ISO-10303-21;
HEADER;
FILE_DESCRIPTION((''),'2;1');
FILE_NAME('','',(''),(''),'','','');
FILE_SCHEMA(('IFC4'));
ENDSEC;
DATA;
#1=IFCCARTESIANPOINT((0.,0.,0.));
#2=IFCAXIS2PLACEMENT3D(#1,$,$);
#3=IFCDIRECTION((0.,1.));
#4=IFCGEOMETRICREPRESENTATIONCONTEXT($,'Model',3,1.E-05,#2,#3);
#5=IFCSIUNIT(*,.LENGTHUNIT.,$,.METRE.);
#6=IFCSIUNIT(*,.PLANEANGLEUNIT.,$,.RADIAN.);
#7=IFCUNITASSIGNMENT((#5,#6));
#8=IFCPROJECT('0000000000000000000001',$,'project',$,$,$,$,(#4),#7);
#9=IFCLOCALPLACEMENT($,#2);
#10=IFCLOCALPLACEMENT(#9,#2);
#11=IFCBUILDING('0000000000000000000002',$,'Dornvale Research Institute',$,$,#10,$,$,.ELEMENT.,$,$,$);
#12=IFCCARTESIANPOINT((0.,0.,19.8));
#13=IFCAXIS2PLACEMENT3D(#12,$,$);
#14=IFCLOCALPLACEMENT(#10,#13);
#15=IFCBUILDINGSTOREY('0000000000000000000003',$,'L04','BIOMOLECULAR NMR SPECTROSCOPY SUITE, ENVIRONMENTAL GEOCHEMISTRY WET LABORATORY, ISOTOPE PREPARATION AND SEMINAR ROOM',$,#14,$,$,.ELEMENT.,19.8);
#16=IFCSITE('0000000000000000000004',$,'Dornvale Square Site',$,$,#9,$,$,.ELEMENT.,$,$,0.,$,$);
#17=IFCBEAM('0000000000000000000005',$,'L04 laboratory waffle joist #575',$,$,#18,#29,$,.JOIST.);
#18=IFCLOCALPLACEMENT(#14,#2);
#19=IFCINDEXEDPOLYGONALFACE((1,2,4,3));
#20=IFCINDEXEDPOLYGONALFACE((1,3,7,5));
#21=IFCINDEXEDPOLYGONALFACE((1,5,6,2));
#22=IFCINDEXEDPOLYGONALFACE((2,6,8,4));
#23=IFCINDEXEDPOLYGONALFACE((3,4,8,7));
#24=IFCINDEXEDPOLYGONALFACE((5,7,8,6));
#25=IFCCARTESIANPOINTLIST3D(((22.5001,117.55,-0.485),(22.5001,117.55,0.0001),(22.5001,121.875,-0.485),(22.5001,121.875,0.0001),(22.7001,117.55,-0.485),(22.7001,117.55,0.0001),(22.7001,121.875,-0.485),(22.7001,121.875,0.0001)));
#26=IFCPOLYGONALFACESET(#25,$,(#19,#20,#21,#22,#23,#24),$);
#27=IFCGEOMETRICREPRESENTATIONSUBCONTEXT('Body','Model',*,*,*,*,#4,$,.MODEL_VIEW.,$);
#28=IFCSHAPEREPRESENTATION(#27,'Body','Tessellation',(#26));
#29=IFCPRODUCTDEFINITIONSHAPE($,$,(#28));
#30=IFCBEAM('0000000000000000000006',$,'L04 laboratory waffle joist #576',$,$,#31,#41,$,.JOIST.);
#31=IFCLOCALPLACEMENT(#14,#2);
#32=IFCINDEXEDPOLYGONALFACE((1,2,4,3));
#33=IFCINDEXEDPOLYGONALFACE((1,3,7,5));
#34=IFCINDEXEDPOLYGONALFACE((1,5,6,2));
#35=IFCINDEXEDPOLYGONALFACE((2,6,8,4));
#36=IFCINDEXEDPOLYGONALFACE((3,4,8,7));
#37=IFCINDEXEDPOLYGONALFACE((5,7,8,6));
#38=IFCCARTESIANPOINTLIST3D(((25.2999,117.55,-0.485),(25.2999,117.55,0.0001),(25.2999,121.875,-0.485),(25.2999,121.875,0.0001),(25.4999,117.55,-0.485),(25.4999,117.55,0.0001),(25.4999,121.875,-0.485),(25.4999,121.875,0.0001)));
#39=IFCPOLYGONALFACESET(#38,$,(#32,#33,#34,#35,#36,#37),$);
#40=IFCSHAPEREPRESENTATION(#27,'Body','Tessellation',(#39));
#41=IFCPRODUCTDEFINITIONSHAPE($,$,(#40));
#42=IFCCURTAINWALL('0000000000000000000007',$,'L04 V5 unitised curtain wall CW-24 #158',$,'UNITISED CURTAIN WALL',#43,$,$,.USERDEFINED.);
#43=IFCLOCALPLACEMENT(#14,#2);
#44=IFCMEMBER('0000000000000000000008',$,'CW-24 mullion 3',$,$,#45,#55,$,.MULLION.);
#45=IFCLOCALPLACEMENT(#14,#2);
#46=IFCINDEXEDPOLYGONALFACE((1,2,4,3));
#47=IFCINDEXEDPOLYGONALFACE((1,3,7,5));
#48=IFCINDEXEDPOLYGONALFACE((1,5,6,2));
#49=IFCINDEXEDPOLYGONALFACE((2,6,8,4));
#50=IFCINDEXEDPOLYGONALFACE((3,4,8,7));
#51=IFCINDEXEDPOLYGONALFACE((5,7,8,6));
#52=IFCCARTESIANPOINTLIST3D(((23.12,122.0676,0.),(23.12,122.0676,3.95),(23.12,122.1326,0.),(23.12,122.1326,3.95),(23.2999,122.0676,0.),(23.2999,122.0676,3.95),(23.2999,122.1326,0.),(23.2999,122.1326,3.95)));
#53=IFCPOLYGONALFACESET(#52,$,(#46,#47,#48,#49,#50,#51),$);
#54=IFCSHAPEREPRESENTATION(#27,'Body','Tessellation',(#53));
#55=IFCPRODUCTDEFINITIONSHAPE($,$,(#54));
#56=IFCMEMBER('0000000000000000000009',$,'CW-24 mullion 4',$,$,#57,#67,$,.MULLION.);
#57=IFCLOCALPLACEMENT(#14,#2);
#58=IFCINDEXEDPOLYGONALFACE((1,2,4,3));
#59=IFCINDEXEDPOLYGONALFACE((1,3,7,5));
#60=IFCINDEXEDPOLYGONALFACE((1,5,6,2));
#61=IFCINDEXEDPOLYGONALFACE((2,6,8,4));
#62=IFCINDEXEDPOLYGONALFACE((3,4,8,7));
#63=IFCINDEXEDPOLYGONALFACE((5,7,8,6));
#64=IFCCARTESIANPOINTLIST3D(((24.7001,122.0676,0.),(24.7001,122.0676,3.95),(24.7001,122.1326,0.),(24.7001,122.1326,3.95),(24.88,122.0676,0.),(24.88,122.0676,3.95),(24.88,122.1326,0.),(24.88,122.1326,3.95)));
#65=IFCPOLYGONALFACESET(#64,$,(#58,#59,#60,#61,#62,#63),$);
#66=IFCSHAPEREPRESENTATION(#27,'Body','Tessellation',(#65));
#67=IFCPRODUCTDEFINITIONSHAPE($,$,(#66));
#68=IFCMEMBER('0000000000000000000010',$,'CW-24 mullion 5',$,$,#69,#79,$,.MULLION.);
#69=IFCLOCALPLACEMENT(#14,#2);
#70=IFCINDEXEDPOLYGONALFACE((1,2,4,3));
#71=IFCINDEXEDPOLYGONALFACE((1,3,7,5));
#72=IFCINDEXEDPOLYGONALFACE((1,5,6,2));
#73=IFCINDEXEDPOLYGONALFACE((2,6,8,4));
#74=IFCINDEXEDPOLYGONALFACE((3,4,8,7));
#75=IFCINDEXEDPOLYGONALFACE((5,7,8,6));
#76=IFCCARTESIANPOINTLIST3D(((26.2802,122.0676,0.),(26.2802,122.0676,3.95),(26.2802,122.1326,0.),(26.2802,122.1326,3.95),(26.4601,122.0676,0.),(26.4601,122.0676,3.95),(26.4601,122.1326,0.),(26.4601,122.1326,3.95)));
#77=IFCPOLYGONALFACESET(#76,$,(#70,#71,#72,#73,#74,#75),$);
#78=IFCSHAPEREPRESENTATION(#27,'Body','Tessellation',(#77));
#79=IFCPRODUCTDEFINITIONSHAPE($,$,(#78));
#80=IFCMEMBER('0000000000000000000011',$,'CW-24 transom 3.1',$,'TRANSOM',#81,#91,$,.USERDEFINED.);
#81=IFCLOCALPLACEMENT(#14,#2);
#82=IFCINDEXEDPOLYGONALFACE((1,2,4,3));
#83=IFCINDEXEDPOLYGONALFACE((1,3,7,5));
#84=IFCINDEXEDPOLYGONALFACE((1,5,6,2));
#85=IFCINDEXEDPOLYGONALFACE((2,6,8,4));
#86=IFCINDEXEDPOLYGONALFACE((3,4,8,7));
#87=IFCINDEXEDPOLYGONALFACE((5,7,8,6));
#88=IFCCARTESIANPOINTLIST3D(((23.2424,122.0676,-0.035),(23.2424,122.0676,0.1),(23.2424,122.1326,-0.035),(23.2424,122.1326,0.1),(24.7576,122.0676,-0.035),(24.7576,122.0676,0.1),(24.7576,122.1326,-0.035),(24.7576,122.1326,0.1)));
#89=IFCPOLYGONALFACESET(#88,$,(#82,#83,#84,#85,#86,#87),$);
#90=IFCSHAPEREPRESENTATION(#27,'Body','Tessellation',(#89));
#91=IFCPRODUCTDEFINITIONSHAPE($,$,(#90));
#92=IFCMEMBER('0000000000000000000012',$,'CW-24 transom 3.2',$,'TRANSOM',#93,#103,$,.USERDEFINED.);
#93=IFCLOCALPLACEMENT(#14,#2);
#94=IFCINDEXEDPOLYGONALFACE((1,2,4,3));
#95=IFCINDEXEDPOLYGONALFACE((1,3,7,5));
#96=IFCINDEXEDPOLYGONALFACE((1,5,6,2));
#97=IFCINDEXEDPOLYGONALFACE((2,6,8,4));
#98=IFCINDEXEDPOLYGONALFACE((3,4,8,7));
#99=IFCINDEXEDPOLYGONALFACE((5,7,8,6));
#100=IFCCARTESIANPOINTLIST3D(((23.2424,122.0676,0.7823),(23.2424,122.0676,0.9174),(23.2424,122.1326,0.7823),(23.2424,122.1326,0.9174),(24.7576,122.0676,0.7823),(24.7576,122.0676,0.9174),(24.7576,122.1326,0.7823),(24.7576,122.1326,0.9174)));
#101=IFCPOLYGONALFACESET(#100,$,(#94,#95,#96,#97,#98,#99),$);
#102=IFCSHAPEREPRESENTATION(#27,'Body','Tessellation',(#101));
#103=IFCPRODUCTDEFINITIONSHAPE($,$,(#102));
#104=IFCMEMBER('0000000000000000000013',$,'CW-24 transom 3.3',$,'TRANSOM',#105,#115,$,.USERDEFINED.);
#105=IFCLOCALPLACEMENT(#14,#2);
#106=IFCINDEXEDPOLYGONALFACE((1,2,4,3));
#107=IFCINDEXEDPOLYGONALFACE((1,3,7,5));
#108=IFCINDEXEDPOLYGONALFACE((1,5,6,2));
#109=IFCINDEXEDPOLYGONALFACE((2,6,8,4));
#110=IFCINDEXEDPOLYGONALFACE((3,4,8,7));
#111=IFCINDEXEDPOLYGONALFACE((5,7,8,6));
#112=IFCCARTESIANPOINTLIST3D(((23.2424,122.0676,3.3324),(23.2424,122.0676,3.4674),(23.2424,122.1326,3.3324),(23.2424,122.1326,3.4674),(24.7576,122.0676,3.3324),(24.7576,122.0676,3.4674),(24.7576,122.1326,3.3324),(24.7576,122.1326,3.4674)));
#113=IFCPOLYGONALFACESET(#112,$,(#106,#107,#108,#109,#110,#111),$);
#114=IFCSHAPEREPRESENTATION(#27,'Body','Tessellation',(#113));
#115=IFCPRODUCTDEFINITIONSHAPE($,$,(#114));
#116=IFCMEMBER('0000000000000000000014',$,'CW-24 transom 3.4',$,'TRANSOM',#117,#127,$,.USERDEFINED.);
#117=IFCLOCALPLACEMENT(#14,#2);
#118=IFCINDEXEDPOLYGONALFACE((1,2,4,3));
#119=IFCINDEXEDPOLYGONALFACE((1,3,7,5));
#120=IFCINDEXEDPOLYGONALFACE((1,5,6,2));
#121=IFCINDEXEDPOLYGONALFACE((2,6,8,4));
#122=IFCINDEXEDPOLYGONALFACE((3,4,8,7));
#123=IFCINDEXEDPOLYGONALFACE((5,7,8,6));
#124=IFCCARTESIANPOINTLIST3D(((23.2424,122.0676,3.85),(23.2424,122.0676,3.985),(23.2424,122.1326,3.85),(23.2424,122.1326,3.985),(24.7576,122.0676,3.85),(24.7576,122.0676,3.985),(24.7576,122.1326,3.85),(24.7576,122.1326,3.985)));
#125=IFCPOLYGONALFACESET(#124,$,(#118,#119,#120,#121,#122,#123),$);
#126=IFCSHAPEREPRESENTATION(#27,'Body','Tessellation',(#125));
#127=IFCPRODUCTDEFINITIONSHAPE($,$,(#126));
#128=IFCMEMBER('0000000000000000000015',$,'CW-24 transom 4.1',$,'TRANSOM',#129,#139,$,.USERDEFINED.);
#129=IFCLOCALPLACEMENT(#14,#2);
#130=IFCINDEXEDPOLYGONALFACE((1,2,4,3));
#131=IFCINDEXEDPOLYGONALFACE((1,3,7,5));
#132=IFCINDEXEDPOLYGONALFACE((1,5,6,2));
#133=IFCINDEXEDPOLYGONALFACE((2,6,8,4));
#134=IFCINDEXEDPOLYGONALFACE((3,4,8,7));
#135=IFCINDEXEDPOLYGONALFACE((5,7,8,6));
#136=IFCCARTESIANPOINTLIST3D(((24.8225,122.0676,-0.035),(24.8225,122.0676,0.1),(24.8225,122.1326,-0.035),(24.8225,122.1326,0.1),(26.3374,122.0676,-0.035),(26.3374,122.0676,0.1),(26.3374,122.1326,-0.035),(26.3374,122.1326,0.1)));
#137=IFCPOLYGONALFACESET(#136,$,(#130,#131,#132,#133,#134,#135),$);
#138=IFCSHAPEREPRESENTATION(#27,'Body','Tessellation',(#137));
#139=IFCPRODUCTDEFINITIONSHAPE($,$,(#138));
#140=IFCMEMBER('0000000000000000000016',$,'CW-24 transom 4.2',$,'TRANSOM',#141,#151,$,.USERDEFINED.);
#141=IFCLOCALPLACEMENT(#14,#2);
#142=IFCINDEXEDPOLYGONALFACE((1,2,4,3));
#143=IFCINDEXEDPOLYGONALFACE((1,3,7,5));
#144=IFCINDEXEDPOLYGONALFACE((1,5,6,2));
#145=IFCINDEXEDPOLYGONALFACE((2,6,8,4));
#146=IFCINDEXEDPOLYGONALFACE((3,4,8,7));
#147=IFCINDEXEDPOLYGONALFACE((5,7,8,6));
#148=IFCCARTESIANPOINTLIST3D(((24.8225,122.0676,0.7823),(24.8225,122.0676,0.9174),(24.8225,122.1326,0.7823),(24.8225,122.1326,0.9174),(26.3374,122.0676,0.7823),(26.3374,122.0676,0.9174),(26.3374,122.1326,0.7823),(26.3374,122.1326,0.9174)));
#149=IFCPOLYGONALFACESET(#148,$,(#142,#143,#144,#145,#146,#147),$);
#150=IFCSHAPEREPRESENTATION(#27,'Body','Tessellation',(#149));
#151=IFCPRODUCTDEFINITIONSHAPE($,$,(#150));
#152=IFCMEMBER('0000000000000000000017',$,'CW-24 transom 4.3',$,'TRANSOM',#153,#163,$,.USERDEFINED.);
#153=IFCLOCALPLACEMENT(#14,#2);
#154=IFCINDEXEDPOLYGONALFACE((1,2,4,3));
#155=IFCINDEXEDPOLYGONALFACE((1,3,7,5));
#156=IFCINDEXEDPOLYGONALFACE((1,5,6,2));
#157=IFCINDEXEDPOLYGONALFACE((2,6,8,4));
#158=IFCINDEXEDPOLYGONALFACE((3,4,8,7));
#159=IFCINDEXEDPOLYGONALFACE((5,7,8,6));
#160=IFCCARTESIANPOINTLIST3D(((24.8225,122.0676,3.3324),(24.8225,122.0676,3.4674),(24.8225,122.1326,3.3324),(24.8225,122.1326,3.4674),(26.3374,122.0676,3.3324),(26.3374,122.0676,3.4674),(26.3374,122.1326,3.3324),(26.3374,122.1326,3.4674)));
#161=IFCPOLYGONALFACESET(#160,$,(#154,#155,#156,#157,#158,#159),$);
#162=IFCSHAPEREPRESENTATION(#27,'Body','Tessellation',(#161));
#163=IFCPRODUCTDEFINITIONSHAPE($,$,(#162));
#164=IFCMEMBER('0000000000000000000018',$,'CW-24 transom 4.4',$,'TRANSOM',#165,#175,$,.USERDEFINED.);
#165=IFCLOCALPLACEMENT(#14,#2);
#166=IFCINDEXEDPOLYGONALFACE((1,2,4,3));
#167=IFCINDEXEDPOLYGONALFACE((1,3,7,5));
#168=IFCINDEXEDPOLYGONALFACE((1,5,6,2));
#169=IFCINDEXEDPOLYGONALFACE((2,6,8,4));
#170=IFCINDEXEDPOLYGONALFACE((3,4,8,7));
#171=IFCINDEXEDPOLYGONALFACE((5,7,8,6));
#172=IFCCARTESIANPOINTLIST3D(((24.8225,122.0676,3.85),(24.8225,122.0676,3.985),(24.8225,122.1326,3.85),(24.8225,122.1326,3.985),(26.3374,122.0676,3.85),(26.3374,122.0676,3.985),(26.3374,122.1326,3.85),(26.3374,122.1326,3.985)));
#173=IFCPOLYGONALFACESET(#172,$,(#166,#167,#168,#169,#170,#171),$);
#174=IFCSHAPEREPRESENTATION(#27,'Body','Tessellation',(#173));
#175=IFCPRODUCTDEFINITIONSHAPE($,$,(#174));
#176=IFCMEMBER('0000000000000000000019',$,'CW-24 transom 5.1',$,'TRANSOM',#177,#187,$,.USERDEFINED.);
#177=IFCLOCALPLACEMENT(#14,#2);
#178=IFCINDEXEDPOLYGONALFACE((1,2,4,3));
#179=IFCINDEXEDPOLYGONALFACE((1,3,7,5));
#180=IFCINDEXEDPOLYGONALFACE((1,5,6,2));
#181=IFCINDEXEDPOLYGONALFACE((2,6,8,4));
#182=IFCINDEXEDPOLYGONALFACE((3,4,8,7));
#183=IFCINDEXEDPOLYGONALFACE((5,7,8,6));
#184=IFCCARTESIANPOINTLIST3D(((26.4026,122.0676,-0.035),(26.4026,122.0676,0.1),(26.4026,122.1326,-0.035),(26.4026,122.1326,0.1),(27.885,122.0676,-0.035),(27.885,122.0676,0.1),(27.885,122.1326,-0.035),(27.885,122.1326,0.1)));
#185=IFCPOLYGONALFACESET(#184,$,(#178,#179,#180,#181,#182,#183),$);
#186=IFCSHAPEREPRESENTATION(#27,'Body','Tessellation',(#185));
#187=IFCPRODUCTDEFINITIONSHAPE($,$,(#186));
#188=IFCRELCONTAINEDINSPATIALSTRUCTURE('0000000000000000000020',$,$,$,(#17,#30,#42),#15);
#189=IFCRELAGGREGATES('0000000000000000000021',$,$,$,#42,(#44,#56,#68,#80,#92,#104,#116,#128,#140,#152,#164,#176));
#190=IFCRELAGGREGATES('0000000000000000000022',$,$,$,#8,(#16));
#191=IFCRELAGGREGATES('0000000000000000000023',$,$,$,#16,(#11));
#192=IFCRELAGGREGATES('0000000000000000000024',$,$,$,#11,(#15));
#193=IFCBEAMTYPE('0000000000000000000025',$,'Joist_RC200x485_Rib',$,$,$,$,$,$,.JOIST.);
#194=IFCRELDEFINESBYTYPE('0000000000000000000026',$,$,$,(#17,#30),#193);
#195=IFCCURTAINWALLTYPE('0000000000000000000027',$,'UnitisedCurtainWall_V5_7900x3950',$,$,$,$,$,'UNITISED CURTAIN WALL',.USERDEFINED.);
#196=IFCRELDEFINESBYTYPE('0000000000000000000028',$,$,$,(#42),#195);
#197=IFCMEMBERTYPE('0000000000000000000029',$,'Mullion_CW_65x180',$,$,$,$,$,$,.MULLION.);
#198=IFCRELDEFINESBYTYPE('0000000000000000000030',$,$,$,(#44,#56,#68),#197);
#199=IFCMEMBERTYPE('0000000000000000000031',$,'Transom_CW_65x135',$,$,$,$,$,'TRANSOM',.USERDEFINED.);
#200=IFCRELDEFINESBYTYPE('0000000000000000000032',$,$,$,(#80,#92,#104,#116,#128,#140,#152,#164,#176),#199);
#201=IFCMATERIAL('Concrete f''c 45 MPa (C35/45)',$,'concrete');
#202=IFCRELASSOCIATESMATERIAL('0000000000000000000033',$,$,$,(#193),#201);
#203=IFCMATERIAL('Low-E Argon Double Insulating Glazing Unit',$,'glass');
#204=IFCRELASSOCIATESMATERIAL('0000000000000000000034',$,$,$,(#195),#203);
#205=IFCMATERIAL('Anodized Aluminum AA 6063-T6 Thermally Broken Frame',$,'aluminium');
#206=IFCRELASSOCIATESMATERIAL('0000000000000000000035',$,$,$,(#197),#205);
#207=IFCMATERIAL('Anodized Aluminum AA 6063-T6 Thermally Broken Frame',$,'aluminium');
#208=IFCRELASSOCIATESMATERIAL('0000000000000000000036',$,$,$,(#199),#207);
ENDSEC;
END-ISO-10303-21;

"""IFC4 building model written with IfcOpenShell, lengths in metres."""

from ifc_helpers import new_model, si_unit, direction, frame, origin, origin_2d, place, context, subcontext, project, spatial, rectangle, extrude, material, material_profile, profile_set, type_object, element, aggregate, save


model = new_model("IFC4")

# Units and contexts
model_context = context("Model", 3, precision=1e-05, world=origin(), true_north=direction((0.0, 1.0)))
body_context = subcontext(model_context, "Body", "Model", "MODEL_VIEW")
ifc_project = project(units=[si_unit("LENGTHUNIT", "METRE"), si_unit("PLANEANGLEUNIT", "RADIAN")], contexts=[model_context])

# Site, building, storey
site_placement = place(None, origin())
site = spatial("IfcSite", under=ifc_project, at=site_placement, Name="Dornvale Square Site", CompositionType="ELEMENT", RefElevation=0.0)
building_placement = place(site_placement, origin())
building = spatial("IfcBuilding", under=site, at=building_placement, Name="Dornvale Research Institute", CompositionType="ELEMENT")
storey_placement = place(building_placement, frame((0.0, 0.0, 19.8)))
storey = spatial("IfcBuildingStorey", under=building, at=storey_placement, Name="L04", Description="BIOMOLECULAR NMR SPECTROSCOPY SUITE, ENVIRONMENTAL GEOCHEMISTRY WET LABORATORY, ISOTOPE PREPARATION AND SEMINAR ROOM", CompositionType="ELEMENT", Elevation=19.8)

# Beams
ifc_material_1 = material(Name="Concrete f'c 45 MPa (C35/45)", Category="concrete")
ifc_material_profile_1 = material_profile(ifc_material_1, rectangle(XDim=0.2, YDim=0.4851, at=origin_2d()), Name="RC 200x485")
ifc_profile_set_1 = profile_set([ifc_material_profile_1], Name="Concrete f'c 45 MPa (C35/45)")
beam_type = type_object("IfcBeamType", Name="Joist_RC200x485_Rib", PredefinedType="JOIST", material=ifc_profile_set_1)
for number, where, z_axis, x_axis, name in (
    (1, (22.6001, 117.55, -0.2424), (0.0, 1.0, 0.0), (-1.0, 0.0, 0.0), "L04 laboratory waffle joist #575"),
    (2, (25.3999, 117.55, -0.2424), (0.0, 1.0, 0.0), (-1.0, 0.0, 0.0), "L04 laboratory waffle joist #576"),
):
    element("IfcBeam", number, at=place(storey_placement, frame(where, z_axis=z_axis, x_axis=x_axis)), inside=storey, type_object=beam_type, Name=name, PredefinedType="JOIST", context=body_context, shape_type="SweptSolid", body=[
        extrude(rectangle(XDim=0.2, YDim=0.4851, at=origin_2d()), origin(), (0.0, 0.0, 1.0), 4.325),
    ])

# Curtain wall, members
ifc_material_2 = material(Name="Low-E Argon Double Insulating Glazing Unit", Category="glass")
curtain_wall_type = type_object("IfcCurtainWallType", Name="UnitisedCurtainWall_V5_7900x3950", ElementType="UNITISED CURTAIN WALL", PredefinedType="USERDEFINED", material=ifc_material_2)
curtain_wall_placement = place(storey_placement, origin())
curtain_wall = element("IfcCurtainWall", 3, at=curtain_wall_placement, inside=storey, type_object=curtain_wall_type, Name="L04 V5 unitised curtain wall CW-24 #158", ObjectType="UNITISED CURTAIN WALL", PredefinedType="USERDEFINED")
ifc_material_3 = material(Name="Anodized Aluminum AA 6063-T6 Thermally Broken Frame", Category="aluminium")
ifc_material_profile_2 = material_profile(ifc_material_3, rectangle(XDim=0.0649, YDim=0.1799, at=origin_2d()), Name="ALU MULLION 65x180")
ifc_profile_set_2 = profile_set([ifc_material_profile_2], Name="Anodized Aluminum AA 6063-T6 Thermally Broken Frame")
member_type_1 = type_object("IfcMemberType", Name="Mullion_CW_65x180", PredefinedType="MULLION", material=ifc_profile_set_2)
member_1_placement = place(storey_placement, frame((23.21, 122.1001, 0.0), z_axis=(0.0, 0.0, 1.0), x_axis=(0.0, 1.0, 0.0)))
member_1 = element("IfcMember", 4, at=member_1_placement, type_object=member_type_1, Name="CW-24 mullion 3", PredefinedType="MULLION", context=body_context, shape_type="SweptSolid", body=[
    extrude(rectangle(XDim=0.0649, YDim=0.1799, at=origin_2d()), origin(), (0.0, 0.0, 1.0), 3.95),
])
member_2_placement = place(storey_placement, frame((24.79, 122.1001, 0.0), z_axis=(0.0, 0.0, 1.0), x_axis=(0.0, 1.0, 0.0)))
member_2 = element("IfcMember", 5, at=member_2_placement, type_object=member_type_1, Name="CW-24 mullion 4", PredefinedType="MULLION", context=body_context, shape_type="SweptSolid", body=[
    extrude(rectangle(XDim=0.0649, YDim=0.1799, at=origin_2d()), origin(), (0.0, 0.0, 1.0), 3.95),
])
member_3_placement = place(storey_placement, frame((26.3701, 122.1001, 0.0), z_axis=(0.0, 0.0, 1.0), x_axis=(0.0, 1.0, 0.0)))
member_3 = element("IfcMember", 6, at=member_3_placement, type_object=member_type_1, Name="CW-24 mullion 5", PredefinedType="MULLION", context=body_context, shape_type="SweptSolid", body=[
    extrude(rectangle(XDim=0.0649, YDim=0.1799, at=origin_2d()), origin(), (0.0, 0.0, 1.0), 3.95),
])
ifc_material_4 = material(Name="Anodized Aluminum AA 6063-T6 Thermally Broken Frame", Category="aluminium")
ifc_material_profile_3 = material_profile(ifc_material_4, rectangle(XDim=0.0649, YDim=0.135, at=origin_2d()), Name="ALU TRANSOM 65x135")
ifc_profile_set_3 = profile_set([ifc_material_profile_3], Name="Anodized Aluminum AA 6063-T6 Thermally Broken Frame")
member_type_2 = type_object("IfcMemberType", Name="Transom_CW_65x135", ElementType="TRANSOM", PredefinedType="USERDEFINED", material=ifc_profile_set_3)
member_4_placement = place(storey_placement, frame((23.2424, 122.1001, 0.0325), z_axis=(1.0, 0.0, 0.0), x_axis=(0.0, 1.0, 0.0)))
member_4 = element("IfcMember", 7, at=member_4_placement, type_object=member_type_2, Name="CW-24 transom 3.1", ObjectType="TRANSOM", PredefinedType="USERDEFINED", context=body_context, shape_type="SweptSolid", body=[
    extrude(rectangle(XDim=0.0649, YDim=0.135, at=origin_2d()), origin(), (0.0, 0.0, 1.0), 1.5151),
])
member_5_placement = place(storey_placement, frame((23.2424, 122.1001, 0.8499), z_axis=(1.0, 0.0, 0.0), x_axis=(0.0, 1.0, 0.0)))
member_5 = element("IfcMember", 8, at=member_5_placement, type_object=member_type_2, Name="CW-24 transom 3.2", ObjectType="TRANSOM", PredefinedType="USERDEFINED", context=body_context, shape_type="SweptSolid", body=[
    extrude(rectangle(XDim=0.0649, YDim=0.135, at=origin_2d()), origin(), (0.0, 0.0, 1.0), 1.5151),
])
member_6_placement = place(storey_placement, frame((23.2424, 122.1001, 3.3999), z_axis=(1.0, 0.0, 0.0), x_axis=(0.0, 1.0, 0.0)))
member_6 = element("IfcMember", 9, at=member_6_placement, type_object=member_type_2, Name="CW-24 transom 3.3", ObjectType="TRANSOM", PredefinedType="USERDEFINED", context=body_context, shape_type="SweptSolid", body=[
    extrude(rectangle(XDim=0.0649, YDim=0.135, at=origin_2d()), origin(), (0.0, 0.0, 1.0), 1.5151),
])
member_7_placement = place(storey_placement, frame((23.2424, 122.1001, 3.9175), z_axis=(1.0, 0.0, 0.0), x_axis=(0.0, 1.0, 0.0)))
member_7 = element("IfcMember", 10, at=member_7_placement, type_object=member_type_2, Name="CW-24 transom 3.4", ObjectType="TRANSOM", PredefinedType="USERDEFINED", context=body_context, shape_type="SweptSolid", body=[
    extrude(rectangle(XDim=0.0649, YDim=0.135, at=origin_2d()), origin(), (0.0, 0.0, 1.0), 1.5151),
])
member_8_placement = place(storey_placement, frame((24.8225, 122.1001, 0.0325), z_axis=(1.0, 0.0, 0.0), x_axis=(0.0, 1.0, 0.0)))
member_8 = element("IfcMember", 11, at=member_8_placement, type_object=member_type_2, Name="CW-24 transom 4.1", ObjectType="TRANSOM", PredefinedType="USERDEFINED", context=body_context, shape_type="SweptSolid", body=[
    extrude(rectangle(XDim=0.0649, YDim=0.135, at=origin_2d()), origin(), (0.0, 0.0, 1.0), 1.5149),
])
member_9_placement = place(storey_placement, frame((24.8225, 122.1001, 0.8499), z_axis=(1.0, 0.0, 0.0), x_axis=(0.0, 1.0, 0.0)))
member_9 = element("IfcMember", 12, at=member_9_placement, type_object=member_type_2, Name="CW-24 transom 4.2", ObjectType="TRANSOM", PredefinedType="USERDEFINED", context=body_context, shape_type="SweptSolid", body=[
    extrude(rectangle(XDim=0.0649, YDim=0.135, at=origin_2d()), origin(), (0.0, 0.0, 1.0), 1.5149),
])
member_10_placement = place(storey_placement, frame((24.8225, 122.1001, 3.3999), z_axis=(1.0, 0.0, 0.0), x_axis=(0.0, 1.0, 0.0)))
member_10 = element("IfcMember", 13, at=member_10_placement, type_object=member_type_2, Name="CW-24 transom 4.3", ObjectType="TRANSOM", PredefinedType="USERDEFINED", context=body_context, shape_type="SweptSolid", body=[
    extrude(rectangle(XDim=0.0649, YDim=0.135, at=origin_2d()), origin(), (0.0, 0.0, 1.0), 1.5149),
])
member_11_placement = place(storey_placement, frame((24.8225, 122.1001, 3.9175), z_axis=(1.0, 0.0, 0.0), x_axis=(0.0, 1.0, 0.0)))
member_11 = element("IfcMember", 14, at=member_11_placement, type_object=member_type_2, Name="CW-24 transom 4.4", ObjectType="TRANSOM", PredefinedType="USERDEFINED", context=body_context, shape_type="SweptSolid", body=[
    extrude(rectangle(XDim=0.0649, YDim=0.135, at=origin_2d()), origin(), (0.0, 0.0, 1.0), 1.5149),
])
member_12_placement = place(storey_placement, frame((26.4026, 122.1001, 0.0325), z_axis=(1.0, 0.0, 0.0), x_axis=(0.0, 1.0, 0.0)))
member_12 = element("IfcMember", 15, at=member_12_placement, type_object=member_type_2, Name="CW-24 transom 5.1", ObjectType="TRANSOM", PredefinedType="USERDEFINED", context=body_context, shape_type="SweptSolid", body=[
    extrude(rectangle(XDim=0.0649, YDim=0.135, at=origin_2d()), origin(), (0.0, 0.0, 1.0), 1.4824),
])
aggregate(curtain_wall, [member_1, member_2, member_3, member_4, member_5, member_6, member_7, member_8, member_9, member_10, member_11, member_12])

save(model, "model.ifc")
